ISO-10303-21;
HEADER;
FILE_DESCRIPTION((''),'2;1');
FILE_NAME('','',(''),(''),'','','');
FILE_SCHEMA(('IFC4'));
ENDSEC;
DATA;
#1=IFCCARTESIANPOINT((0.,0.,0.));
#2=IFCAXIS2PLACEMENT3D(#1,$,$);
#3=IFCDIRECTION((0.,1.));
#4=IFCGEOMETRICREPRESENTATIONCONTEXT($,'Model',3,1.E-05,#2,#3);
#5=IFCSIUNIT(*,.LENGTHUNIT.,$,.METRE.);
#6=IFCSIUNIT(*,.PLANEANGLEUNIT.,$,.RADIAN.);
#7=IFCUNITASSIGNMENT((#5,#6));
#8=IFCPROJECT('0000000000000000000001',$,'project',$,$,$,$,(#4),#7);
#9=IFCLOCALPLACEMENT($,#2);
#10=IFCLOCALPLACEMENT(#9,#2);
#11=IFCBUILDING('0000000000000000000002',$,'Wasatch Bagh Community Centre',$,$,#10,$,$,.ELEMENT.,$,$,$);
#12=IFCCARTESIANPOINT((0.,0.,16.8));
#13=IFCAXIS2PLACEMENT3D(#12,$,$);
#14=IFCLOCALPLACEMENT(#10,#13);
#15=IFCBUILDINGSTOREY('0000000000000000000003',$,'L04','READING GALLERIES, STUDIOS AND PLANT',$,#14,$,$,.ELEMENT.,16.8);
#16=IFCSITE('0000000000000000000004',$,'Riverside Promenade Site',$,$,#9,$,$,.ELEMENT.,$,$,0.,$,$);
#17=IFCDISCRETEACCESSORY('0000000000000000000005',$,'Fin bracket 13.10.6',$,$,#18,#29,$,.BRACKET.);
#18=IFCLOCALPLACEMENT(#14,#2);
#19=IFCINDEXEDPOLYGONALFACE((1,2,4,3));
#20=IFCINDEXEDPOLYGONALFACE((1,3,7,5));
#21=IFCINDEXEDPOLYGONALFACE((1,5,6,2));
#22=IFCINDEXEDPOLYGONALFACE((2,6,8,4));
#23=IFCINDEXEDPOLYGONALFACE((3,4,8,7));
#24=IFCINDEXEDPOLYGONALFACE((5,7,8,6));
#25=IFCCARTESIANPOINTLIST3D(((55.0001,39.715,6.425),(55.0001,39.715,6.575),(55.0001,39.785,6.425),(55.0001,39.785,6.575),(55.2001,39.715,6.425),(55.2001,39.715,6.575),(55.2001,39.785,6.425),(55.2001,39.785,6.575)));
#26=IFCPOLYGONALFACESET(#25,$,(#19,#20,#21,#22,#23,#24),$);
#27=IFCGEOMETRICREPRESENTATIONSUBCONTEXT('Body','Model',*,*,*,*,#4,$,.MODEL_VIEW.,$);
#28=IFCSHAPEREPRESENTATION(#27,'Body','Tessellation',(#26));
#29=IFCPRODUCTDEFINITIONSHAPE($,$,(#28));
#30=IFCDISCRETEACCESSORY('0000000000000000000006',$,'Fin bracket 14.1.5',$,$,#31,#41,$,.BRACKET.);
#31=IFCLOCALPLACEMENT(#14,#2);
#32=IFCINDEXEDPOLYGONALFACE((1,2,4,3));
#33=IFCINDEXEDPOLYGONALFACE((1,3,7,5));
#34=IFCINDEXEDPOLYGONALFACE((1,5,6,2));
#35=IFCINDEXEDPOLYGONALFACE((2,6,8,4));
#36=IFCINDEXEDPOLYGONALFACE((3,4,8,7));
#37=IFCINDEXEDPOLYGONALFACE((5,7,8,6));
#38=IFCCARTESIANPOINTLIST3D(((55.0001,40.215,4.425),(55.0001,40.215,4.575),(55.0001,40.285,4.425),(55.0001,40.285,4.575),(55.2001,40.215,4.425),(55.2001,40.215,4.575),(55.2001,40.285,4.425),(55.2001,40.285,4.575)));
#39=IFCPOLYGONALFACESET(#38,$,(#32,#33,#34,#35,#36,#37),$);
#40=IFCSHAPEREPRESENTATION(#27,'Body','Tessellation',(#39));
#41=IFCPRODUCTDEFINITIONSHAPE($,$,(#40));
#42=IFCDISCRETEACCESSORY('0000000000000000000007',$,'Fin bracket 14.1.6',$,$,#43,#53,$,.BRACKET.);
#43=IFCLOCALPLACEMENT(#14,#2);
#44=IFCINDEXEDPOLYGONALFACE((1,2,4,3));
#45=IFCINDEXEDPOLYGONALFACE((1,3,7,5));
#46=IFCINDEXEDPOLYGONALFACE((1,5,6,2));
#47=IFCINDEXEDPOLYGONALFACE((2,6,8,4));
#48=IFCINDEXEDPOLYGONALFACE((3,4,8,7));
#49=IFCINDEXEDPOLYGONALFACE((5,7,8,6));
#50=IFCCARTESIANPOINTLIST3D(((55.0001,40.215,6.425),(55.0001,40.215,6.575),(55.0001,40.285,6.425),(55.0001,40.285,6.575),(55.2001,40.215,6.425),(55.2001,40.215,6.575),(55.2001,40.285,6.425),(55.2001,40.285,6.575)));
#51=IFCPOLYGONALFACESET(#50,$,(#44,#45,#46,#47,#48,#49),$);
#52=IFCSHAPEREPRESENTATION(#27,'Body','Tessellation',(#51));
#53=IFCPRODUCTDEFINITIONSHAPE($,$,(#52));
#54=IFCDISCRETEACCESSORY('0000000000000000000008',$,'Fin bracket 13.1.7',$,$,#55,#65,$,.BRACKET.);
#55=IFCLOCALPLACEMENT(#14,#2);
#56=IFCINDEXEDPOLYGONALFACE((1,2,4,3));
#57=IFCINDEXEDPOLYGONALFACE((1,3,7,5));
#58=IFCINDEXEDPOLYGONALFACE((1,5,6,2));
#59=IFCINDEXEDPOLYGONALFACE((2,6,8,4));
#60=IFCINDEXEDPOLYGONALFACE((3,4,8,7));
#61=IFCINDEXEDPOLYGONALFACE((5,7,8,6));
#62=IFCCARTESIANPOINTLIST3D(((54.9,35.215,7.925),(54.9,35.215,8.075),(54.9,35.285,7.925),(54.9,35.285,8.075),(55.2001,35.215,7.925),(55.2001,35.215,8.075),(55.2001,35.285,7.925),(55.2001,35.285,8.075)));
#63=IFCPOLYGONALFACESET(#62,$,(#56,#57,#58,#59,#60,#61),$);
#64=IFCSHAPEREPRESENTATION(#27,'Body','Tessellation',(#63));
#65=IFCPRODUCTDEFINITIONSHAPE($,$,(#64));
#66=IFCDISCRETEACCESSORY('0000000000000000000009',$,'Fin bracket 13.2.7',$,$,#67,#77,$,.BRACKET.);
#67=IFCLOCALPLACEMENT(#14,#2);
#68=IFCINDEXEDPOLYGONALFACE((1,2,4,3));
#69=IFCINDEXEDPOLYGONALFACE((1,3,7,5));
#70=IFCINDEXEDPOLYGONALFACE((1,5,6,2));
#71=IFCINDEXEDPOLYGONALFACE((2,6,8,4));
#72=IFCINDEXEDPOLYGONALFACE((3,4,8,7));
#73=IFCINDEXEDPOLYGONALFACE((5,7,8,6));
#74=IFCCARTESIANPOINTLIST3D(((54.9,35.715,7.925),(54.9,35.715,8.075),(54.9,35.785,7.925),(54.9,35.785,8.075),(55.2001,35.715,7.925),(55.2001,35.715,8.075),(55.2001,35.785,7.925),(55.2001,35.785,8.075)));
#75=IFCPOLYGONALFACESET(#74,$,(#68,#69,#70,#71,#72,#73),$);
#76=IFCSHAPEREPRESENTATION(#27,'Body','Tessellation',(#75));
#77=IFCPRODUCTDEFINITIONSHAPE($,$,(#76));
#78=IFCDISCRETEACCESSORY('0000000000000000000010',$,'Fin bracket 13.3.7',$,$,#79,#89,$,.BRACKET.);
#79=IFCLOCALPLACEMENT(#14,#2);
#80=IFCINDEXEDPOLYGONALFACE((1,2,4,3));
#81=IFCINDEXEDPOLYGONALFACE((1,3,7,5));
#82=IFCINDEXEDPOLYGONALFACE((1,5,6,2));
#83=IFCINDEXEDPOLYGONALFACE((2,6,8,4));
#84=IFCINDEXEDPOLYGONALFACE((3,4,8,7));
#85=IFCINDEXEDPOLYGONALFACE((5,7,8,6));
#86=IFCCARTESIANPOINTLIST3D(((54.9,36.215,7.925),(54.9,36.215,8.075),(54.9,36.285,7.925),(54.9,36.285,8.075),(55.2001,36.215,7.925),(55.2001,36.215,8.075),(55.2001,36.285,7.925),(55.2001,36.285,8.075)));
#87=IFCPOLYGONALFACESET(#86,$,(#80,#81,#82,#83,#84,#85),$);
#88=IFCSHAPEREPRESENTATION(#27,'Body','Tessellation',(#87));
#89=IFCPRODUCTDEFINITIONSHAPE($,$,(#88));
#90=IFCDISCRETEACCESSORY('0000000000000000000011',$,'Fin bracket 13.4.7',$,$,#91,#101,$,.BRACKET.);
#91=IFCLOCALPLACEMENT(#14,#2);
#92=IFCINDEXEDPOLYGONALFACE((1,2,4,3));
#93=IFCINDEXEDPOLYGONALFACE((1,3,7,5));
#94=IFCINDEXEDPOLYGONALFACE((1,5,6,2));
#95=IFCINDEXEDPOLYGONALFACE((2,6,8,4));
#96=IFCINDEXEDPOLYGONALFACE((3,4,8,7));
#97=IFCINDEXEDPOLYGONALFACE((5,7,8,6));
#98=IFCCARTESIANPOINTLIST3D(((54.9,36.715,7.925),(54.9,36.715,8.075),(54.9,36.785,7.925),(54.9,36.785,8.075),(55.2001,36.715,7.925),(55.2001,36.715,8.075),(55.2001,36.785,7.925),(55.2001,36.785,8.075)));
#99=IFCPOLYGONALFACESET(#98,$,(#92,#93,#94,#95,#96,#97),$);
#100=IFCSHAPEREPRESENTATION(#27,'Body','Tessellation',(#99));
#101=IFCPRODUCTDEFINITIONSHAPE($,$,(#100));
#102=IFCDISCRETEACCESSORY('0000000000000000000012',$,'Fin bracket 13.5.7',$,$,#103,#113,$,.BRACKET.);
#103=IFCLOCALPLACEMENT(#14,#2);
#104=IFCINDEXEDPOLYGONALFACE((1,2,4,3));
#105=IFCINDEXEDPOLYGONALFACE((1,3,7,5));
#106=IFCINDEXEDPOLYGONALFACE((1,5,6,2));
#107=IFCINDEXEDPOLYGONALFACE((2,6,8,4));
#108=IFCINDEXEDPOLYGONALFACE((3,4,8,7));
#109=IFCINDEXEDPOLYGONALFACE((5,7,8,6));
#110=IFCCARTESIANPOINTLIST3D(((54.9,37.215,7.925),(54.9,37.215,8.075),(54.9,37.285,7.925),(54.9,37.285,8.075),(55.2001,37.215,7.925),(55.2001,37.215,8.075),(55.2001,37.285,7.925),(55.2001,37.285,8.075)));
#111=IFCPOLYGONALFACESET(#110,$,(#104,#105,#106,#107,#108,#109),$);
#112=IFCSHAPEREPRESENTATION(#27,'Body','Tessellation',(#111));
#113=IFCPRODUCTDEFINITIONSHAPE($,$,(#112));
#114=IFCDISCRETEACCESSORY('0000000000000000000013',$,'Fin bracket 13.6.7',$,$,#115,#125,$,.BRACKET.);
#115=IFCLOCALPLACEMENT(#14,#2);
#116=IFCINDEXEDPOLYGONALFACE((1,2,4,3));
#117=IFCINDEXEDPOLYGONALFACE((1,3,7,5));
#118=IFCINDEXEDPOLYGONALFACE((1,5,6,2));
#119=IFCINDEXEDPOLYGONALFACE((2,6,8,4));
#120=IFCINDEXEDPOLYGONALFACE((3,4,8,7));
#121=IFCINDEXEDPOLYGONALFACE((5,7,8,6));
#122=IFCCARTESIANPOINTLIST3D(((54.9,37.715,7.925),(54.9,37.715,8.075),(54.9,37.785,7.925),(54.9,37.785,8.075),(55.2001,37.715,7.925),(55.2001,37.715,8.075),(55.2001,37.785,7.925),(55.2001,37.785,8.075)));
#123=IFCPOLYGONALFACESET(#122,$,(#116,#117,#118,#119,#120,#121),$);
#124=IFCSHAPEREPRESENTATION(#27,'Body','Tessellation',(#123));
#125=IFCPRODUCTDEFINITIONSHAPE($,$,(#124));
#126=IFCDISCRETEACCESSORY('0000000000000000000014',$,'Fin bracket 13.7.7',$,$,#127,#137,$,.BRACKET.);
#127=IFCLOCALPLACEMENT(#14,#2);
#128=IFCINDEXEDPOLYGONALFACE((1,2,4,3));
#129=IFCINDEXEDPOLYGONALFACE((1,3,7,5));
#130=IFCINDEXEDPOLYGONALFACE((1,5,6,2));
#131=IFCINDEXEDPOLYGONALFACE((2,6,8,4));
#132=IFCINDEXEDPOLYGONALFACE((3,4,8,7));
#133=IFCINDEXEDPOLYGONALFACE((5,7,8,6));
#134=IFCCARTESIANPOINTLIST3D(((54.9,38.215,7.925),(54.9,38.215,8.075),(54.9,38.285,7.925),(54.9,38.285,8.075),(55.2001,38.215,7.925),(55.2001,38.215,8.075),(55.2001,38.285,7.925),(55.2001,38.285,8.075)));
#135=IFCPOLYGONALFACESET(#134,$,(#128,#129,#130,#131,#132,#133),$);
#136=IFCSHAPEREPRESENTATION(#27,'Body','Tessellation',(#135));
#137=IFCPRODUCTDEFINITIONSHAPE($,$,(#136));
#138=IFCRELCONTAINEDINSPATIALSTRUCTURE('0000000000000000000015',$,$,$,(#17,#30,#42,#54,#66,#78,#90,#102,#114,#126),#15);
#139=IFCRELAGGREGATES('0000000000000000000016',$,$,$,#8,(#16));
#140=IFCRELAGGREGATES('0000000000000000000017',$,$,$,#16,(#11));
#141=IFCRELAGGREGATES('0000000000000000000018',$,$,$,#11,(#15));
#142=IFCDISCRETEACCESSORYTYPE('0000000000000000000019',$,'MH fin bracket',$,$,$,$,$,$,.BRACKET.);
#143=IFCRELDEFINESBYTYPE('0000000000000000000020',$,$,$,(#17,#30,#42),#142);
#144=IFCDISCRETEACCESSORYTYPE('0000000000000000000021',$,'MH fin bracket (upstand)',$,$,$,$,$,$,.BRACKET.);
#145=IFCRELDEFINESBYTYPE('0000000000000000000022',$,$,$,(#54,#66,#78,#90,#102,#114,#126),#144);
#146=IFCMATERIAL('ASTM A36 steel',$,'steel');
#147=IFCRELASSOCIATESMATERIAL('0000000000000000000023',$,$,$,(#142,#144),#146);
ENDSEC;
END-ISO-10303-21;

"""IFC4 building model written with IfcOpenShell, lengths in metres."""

from ifc_helpers import new_model, si_unit, direction, frame, origin, origin_2d, place, context, subcontext, project, spatial, rectangle, extrude, material, type_object, element, save


model = new_model("IFC4")

# Units and contexts
model_context = context("Model", 3, precision=1e-05, world=origin(), true_north=direction((0.0, 1.0)))
body_context = subcontext(model_context, "Body", "Model", "MODEL_VIEW")
ifc_project = project(units=[si_unit("LENGTHUNIT", "METRE"), si_unit("PLANEANGLEUNIT", "RADIAN")], contexts=[model_context])

# Site, building, storey
site_placement = place(None, origin())
site = spatial("IfcSite", under=ifc_project, at=site_placement, Name="Riverside Promenade Site", CompositionType="ELEMENT", RefElevation=0.0)
building_placement = place(site_placement, origin())
building = spatial("IfcBuilding", under=site, at=building_placement, Name="Wasatch Bagh Community Centre", CompositionType="ELEMENT")
storey_placement = place(building_placement, frame((0.0, 0.0, 16.8)))
storey = spatial("IfcBuildingStorey", under=building, at=storey_placement, Name="L04", Description="READING GALLERIES, STUDIOS AND PLANT", CompositionType="ELEMENT", Elevation=16.8)

# Shared definitions
ifc_material_1 = material(Name="ASTM A36 steel", Category="steel")

# Discrete accessories
discrete_accessory_type_1 = type_object("IfcDiscreteAccessoryType", Name="MH fin bracket", PredefinedType="BRACKET", material=ifc_material_1)
for number, where, z_axis, x_axis, name in (
    (1, (55.1001, 39.75, 6.425), (0.0, 0.0, 1.0), (0.0, 1.0, 0.0), "Fin bracket 13.10.6"),
    (2, (55.1001, 40.25, 4.425), (0.0, 0.0, 1.0), (0.0, 1.0, 0.0), "Fin bracket 14.1.5"),
    (3, (55.1001, 40.25, 6.425), (0.0, 0.0, 1.0), (0.0, 1.0, 0.0), "Fin bracket 14.1.6"),
):
    element("IfcDiscreteAccessory", number, at=place(storey_placement, frame(where, z_axis=z_axis, x_axis=x_axis)), inside=storey, type_object=discrete_accessory_type_1, Name=name, PredefinedType="BRACKET", context=body_context, shape_type="SweptSolid", body=[
        extrude(rectangle(XDim=0.0701, YDim=0.2, at=origin_2d()), origin(), (0.0, 0.0, 1.0), 0.1499),
    ])
discrete_accessory_type_2 = type_object("IfcDiscreteAccessoryType", Name="MH fin bracket (upstand)", PredefinedType="BRACKET", material=ifc_material_1)
for number, where, z_axis, x_axis, name in (
    (4, (55.05, 35.25, 7.925), (0.0, 0.0, 1.0), (0.0, 1.0, 0.0), "Fin bracket 13.1.7"),
    (5, (55.05, 35.75, 7.925), (0.0, 0.0, 1.0), (0.0, 1.0, 0.0), "Fin bracket 13.2.7"),
    (6, (55.05, 36.25, 7.925), (0.0, 0.0, 1.0), (0.0, 1.0, 0.0), "Fin bracket 13.3.7"),
    (7, (55.05, 36.75, 7.925), (0.0, 0.0, 1.0), (0.0, 1.0, 0.0), "Fin bracket 13.4.7"),
    (8, (55.05, 37.25, 7.925), (0.0, 0.0, 1.0), (0.0, 1.0, 0.0), "Fin bracket 13.5.7"),
    (9, (55.05, 37.75, 7.925), (0.0, 0.0, 1.0), (0.0, 1.0, 0.0), "Fin bracket 13.6.7"),
    (10, (55.05, 38.25, 7.925), (0.0, 0.0, 1.0), (0.0, 1.0, 0.0), "Fin bracket 13.7.7"),
):
    element("IfcDiscreteAccessory", number, at=place(storey_placement, frame(where, z_axis=z_axis, x_axis=x_axis)), inside=storey, type_object=discrete_accessory_type_2, Name=name, PredefinedType="BRACKET", context=body_context, shape_type="SweptSolid", body=[
        extrude(rectangle(XDim=0.0701, YDim=0.3, at=origin_2d()), origin(), (0.0, 0.0, 1.0), 0.1499),
    ])

save(model, "model.ifc")
